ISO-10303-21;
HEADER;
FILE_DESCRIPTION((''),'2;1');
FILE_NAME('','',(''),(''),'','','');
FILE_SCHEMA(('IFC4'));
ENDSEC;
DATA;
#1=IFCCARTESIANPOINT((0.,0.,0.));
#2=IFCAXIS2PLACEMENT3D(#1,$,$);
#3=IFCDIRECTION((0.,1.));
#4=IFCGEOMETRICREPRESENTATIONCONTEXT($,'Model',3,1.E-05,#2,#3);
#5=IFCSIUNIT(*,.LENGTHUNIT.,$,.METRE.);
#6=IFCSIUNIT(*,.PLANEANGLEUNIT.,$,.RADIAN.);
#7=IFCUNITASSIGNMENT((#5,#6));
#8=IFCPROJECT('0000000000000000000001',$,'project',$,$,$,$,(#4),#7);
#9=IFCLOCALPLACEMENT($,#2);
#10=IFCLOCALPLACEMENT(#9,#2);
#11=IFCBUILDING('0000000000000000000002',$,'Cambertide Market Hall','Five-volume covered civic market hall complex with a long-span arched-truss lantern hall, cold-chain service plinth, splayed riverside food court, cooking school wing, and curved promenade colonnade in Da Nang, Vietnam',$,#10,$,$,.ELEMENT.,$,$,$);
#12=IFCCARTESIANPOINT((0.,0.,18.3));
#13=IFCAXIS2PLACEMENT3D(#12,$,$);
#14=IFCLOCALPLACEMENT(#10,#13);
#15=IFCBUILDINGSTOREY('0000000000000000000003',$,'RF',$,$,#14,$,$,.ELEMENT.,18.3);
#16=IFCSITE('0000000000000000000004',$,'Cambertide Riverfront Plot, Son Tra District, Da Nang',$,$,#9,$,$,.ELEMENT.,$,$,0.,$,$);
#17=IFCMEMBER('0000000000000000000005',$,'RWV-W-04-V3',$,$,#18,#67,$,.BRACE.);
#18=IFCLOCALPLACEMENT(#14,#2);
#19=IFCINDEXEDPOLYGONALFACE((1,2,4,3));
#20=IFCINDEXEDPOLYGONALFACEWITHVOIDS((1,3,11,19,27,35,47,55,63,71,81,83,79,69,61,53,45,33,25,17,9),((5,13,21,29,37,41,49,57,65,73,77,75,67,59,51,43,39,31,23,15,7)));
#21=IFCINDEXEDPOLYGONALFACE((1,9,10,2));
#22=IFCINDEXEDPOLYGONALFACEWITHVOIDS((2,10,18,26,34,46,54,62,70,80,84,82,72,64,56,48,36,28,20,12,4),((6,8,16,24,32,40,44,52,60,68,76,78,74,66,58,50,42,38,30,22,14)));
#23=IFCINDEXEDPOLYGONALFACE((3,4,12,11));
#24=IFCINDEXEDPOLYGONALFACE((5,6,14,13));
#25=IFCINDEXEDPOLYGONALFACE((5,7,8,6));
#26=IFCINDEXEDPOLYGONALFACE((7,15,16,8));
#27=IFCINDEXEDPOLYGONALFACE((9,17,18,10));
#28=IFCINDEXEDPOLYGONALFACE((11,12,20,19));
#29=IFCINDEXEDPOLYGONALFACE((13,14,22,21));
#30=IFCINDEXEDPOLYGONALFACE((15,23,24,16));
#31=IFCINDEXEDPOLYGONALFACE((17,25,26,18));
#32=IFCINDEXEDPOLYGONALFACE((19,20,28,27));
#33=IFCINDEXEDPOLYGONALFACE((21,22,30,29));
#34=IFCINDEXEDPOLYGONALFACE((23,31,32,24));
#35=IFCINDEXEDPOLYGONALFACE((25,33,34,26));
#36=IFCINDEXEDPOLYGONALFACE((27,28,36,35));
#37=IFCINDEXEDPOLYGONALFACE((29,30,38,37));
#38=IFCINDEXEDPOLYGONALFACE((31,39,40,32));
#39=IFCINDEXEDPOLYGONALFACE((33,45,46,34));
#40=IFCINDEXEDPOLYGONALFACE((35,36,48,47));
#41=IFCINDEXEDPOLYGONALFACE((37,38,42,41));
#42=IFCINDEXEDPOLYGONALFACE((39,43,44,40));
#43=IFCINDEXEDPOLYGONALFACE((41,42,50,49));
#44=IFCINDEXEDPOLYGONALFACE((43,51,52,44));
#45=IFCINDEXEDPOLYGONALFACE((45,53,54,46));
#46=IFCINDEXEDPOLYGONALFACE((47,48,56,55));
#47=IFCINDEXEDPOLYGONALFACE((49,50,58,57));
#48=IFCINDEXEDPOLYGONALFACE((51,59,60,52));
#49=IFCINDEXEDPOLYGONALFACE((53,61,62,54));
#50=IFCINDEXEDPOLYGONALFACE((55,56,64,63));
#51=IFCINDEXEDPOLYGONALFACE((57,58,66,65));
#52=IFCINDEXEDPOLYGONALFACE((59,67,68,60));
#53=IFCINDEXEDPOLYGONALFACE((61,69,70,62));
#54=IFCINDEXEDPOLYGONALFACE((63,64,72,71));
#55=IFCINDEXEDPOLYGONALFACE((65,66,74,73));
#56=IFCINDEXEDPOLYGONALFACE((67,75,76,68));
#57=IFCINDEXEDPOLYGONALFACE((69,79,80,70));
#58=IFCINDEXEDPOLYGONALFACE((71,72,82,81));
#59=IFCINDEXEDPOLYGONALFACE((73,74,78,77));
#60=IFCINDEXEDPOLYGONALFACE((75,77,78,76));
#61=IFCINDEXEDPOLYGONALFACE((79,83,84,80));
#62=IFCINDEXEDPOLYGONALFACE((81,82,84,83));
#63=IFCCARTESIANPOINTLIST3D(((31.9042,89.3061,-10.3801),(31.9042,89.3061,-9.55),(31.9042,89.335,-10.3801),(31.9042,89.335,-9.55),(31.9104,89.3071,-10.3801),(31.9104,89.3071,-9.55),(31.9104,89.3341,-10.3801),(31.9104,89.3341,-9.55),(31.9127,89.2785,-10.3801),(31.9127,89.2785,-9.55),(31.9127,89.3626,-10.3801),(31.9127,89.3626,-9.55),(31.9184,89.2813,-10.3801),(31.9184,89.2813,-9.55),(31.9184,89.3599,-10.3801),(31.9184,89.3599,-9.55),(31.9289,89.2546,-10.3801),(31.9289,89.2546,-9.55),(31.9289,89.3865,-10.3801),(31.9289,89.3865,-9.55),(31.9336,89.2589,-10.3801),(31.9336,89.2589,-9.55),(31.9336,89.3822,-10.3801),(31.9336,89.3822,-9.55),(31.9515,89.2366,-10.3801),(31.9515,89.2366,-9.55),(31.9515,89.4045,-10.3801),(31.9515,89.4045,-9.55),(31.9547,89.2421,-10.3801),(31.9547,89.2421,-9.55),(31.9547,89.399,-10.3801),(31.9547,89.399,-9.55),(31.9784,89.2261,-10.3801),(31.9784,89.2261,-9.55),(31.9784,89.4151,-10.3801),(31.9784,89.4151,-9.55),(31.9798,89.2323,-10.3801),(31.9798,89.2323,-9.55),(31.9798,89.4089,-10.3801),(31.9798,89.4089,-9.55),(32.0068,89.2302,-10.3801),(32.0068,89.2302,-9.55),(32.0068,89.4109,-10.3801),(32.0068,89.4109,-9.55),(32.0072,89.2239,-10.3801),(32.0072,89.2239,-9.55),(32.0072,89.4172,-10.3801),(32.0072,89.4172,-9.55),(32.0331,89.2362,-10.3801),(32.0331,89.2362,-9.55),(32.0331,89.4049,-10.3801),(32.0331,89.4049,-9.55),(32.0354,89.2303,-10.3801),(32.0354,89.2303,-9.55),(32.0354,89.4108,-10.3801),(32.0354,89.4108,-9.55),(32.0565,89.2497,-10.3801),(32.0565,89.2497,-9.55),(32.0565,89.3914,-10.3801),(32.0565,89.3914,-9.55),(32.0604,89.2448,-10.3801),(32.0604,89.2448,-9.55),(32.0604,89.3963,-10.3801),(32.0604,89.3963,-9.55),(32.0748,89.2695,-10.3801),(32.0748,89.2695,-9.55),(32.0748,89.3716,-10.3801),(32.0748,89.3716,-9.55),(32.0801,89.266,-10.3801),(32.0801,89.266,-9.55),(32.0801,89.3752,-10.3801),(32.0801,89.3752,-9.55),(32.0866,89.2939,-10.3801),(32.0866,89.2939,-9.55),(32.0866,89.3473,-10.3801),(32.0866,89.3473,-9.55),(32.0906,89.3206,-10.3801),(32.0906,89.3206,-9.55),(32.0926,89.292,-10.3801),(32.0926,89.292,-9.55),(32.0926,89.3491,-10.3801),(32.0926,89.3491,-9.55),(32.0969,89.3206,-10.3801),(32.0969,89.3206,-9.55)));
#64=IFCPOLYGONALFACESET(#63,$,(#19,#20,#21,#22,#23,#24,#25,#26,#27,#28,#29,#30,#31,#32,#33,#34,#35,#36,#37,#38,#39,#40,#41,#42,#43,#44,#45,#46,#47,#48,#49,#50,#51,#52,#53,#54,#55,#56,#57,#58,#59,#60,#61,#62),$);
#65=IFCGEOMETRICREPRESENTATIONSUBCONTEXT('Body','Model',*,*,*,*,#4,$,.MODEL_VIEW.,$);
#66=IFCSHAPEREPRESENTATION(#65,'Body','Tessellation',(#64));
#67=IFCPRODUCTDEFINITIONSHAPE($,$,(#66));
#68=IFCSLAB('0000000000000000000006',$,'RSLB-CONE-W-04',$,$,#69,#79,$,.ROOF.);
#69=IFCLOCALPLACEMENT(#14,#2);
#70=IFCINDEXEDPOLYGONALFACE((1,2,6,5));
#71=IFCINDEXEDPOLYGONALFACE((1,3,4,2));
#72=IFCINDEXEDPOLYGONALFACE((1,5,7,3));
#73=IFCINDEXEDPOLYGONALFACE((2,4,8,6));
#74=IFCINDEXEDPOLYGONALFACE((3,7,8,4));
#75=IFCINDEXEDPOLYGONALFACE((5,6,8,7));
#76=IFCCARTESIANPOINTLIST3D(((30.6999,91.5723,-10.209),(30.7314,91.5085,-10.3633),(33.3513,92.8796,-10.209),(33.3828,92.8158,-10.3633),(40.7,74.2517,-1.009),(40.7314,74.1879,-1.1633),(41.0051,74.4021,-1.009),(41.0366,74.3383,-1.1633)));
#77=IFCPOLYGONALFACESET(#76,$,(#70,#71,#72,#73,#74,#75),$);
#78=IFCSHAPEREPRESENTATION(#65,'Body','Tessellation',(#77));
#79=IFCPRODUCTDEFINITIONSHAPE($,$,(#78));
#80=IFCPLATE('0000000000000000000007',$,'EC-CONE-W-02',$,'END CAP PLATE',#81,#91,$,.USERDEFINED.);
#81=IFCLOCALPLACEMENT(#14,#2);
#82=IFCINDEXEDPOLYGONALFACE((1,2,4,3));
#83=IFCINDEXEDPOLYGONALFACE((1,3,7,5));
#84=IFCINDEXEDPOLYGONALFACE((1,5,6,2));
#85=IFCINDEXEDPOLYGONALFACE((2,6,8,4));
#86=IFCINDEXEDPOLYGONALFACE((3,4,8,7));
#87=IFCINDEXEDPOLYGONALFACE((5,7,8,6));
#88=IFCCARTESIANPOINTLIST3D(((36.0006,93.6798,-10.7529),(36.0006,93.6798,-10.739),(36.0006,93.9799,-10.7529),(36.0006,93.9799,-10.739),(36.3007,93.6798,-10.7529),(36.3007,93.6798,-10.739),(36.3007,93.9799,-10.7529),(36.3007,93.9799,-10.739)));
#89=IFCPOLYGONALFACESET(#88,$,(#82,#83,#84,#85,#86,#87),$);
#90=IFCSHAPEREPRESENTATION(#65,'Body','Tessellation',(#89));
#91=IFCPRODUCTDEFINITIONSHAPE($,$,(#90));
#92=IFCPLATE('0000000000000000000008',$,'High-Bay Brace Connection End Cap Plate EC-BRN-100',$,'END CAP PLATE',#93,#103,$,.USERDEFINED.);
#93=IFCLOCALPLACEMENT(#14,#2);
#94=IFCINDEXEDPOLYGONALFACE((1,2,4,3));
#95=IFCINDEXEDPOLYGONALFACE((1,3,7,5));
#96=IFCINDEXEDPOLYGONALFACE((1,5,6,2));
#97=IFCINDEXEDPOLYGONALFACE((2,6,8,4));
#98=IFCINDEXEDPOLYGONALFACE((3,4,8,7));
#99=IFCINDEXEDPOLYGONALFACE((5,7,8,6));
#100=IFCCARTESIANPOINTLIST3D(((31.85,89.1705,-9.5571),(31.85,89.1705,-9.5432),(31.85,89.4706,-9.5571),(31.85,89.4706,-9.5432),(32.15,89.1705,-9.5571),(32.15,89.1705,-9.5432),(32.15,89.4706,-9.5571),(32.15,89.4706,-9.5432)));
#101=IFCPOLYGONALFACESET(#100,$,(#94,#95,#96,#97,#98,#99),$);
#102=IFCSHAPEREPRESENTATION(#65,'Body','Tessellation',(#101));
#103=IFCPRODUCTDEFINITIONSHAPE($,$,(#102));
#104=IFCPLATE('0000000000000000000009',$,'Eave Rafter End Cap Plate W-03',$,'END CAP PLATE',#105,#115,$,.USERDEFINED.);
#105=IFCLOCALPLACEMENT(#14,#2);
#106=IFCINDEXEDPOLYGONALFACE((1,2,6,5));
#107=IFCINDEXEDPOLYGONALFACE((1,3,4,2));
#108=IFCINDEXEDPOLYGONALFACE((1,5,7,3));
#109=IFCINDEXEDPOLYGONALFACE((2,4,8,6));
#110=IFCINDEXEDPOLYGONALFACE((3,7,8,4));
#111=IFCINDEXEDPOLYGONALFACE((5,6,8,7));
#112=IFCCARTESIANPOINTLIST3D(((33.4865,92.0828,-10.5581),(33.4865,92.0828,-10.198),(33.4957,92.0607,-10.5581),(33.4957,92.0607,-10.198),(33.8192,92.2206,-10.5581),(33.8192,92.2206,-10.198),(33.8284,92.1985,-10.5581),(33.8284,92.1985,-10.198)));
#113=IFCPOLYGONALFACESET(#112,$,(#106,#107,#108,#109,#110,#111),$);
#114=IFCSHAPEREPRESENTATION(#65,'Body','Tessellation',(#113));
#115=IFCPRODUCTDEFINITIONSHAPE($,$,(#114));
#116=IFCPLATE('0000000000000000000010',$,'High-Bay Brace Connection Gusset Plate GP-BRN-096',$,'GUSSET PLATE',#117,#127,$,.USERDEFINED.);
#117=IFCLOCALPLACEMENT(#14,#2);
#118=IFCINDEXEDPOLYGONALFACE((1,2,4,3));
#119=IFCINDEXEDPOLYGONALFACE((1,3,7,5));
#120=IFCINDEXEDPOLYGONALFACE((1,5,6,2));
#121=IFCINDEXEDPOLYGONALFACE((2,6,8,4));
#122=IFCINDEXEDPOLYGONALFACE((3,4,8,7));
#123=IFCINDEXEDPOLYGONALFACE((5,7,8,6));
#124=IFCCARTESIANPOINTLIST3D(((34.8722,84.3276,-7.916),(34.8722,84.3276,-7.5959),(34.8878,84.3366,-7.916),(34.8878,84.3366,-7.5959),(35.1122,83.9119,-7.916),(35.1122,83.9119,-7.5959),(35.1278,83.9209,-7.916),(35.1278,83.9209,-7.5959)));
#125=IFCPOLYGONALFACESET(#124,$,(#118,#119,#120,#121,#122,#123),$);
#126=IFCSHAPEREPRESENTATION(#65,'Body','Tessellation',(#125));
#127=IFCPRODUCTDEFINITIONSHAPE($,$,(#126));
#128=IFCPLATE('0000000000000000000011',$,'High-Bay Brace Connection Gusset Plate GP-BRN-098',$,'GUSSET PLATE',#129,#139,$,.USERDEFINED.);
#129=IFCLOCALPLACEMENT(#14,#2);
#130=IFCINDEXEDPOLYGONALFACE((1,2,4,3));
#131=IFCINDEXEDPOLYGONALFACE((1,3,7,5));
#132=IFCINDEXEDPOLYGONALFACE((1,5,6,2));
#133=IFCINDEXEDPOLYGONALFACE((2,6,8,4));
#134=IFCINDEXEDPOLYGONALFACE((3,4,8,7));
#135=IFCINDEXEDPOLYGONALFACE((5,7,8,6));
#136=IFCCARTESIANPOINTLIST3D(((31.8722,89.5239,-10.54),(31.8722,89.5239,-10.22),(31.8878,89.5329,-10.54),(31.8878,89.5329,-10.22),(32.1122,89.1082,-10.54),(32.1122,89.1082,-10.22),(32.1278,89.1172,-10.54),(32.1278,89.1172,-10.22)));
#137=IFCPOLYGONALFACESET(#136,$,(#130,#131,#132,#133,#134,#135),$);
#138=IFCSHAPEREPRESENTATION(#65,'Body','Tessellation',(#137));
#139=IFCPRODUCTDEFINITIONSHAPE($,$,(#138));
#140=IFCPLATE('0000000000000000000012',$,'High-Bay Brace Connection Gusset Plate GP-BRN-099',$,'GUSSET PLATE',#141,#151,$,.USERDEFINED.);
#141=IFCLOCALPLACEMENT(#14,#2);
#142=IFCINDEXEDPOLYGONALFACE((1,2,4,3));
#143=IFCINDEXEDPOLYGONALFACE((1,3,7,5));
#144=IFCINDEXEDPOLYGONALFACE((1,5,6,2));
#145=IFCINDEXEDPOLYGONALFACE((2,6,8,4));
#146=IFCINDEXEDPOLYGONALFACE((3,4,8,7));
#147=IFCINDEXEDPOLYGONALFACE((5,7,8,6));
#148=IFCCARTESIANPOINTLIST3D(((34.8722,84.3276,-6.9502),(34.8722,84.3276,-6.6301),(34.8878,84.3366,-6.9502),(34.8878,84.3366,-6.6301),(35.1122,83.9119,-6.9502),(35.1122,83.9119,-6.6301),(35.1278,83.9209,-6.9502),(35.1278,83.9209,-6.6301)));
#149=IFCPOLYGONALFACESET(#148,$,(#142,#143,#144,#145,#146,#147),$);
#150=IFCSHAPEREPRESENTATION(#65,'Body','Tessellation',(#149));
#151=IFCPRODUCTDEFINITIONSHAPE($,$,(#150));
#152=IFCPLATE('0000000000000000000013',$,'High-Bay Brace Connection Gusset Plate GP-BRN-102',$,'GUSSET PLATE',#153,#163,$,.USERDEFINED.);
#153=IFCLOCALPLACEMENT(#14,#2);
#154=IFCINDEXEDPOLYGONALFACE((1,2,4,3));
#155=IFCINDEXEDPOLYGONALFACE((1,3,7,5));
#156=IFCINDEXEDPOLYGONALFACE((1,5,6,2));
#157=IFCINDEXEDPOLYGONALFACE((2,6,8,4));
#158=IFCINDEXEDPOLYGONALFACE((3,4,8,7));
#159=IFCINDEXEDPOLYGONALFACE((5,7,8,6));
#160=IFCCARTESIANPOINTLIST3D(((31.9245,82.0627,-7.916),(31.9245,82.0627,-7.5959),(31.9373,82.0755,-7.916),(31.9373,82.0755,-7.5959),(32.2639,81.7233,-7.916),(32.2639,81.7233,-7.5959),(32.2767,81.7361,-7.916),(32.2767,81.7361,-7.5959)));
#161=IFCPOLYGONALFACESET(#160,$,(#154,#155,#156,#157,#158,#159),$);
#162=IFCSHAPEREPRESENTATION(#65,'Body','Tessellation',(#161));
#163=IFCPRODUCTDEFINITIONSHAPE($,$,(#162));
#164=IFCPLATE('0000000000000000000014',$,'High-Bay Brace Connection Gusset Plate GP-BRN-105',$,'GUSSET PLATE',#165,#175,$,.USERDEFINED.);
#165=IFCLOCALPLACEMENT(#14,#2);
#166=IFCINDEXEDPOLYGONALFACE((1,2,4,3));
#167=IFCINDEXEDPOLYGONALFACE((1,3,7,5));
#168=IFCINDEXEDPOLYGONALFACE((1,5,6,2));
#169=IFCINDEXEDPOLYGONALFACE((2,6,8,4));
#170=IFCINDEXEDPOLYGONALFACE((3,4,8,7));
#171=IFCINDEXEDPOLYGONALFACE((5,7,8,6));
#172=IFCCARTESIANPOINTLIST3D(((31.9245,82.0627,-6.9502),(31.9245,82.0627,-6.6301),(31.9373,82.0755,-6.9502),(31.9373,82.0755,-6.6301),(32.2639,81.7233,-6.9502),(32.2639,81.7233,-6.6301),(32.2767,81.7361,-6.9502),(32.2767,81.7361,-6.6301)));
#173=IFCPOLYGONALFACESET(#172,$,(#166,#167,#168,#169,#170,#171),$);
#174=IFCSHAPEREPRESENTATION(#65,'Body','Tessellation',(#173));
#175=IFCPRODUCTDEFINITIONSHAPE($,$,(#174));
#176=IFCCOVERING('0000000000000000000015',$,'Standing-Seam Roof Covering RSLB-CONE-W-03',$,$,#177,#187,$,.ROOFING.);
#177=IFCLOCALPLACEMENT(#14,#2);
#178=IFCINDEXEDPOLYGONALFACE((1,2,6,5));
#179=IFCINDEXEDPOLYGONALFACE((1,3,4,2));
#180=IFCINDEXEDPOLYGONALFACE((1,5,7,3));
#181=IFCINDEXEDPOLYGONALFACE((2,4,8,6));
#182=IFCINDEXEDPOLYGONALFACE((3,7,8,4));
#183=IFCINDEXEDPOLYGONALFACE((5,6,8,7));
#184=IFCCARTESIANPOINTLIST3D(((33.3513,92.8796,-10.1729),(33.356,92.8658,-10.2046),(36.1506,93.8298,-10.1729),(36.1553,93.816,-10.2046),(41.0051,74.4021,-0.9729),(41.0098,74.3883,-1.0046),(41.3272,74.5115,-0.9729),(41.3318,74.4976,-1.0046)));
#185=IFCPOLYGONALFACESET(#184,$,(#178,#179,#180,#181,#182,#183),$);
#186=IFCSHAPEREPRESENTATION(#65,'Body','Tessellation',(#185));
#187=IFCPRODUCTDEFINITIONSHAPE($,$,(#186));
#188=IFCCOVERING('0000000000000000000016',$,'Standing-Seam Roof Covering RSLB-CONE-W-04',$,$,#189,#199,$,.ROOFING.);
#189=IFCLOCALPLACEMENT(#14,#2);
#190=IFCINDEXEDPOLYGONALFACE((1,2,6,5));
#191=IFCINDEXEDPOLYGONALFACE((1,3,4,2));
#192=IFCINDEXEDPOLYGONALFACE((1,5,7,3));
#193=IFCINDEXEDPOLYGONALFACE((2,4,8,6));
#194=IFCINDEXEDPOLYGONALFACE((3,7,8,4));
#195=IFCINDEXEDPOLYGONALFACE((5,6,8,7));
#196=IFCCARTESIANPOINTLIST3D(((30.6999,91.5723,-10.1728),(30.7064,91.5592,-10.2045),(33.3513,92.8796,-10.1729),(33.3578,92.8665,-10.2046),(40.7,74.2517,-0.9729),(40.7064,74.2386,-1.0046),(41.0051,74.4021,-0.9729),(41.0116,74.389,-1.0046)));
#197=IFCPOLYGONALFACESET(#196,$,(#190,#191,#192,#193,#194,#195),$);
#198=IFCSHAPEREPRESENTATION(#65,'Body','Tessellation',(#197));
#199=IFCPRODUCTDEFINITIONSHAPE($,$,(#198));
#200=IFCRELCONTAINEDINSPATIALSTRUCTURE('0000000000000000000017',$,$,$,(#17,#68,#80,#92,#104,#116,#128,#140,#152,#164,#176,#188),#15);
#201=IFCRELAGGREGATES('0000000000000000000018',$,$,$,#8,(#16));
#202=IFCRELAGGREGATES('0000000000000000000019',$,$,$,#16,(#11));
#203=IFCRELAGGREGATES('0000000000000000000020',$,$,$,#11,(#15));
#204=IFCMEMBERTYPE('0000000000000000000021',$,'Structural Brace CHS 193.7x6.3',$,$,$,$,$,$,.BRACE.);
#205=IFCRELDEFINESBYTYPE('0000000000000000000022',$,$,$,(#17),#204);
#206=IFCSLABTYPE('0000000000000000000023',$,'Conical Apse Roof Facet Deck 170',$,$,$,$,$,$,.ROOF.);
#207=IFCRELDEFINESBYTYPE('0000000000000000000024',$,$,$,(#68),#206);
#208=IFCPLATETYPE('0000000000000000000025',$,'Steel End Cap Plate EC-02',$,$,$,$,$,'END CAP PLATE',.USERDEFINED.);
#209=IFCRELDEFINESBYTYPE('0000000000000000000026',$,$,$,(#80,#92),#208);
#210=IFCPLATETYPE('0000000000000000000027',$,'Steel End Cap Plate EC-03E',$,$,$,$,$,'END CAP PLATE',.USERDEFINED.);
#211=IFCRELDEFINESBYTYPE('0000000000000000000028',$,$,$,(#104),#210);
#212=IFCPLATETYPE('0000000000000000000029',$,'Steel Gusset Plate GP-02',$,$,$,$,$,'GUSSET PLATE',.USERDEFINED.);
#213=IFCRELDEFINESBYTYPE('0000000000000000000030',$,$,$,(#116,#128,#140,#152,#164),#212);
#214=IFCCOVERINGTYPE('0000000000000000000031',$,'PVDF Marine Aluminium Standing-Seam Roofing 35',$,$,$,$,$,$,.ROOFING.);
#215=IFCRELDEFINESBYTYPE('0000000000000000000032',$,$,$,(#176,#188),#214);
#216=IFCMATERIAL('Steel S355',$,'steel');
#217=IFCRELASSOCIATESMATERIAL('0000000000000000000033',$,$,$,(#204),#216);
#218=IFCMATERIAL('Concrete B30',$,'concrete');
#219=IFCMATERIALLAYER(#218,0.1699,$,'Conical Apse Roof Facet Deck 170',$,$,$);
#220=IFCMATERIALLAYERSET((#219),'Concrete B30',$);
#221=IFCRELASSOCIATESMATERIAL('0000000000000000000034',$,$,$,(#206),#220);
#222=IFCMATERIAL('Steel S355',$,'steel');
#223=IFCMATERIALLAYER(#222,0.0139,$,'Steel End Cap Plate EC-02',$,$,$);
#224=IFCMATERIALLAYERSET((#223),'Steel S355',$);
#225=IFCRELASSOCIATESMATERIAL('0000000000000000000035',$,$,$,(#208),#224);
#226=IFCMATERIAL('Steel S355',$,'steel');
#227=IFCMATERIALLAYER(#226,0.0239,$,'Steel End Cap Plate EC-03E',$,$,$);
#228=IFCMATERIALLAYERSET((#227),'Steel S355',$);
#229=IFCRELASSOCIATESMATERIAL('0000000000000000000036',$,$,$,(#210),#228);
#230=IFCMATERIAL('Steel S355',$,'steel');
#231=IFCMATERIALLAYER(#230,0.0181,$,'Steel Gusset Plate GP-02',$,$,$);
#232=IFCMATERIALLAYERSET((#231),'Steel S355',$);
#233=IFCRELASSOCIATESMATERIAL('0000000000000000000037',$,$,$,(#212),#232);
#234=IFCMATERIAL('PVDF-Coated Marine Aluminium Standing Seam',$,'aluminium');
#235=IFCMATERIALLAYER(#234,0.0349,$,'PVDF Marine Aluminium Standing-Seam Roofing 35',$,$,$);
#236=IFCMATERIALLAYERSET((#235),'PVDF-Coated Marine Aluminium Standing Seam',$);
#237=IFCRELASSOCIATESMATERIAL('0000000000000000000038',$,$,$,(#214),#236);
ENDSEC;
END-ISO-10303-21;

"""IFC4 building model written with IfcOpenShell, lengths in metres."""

from ifc_helpers import new_model, si_unit, direction, frame, origin, origin_2d, place, context, subcontext, project, spatial, polyline, rectangle, hollow_circle, outline, extrude, material, layer, layer_set, material_profile, profile_set, type_object, element, save


model = new_model("IFC4")

# Units and contexts
model_context = context("Model", 3, precision=1e-05, world=origin(), true_north=direction((0.0, 1.0)))
body_context = subcontext(model_context, "Body", "Model", "MODEL_VIEW")
ifc_project = project(units=[si_unit("LENGTHUNIT", "METRE"), si_unit("PLANEANGLEUNIT", "RADIAN")], contexts=[model_context])

# Site, building, storey
site_placement = place(None, origin())
site = spatial("IfcSite", under=ifc_project, at=site_placement, Name="Cambertide Riverfront Plot, Son Tra District, Da Nang", CompositionType="ELEMENT", RefElevation=0.0)
building_placement = place(site_placement, origin())
building = spatial("IfcBuilding", under=site, at=building_placement, Name="Cambertide Market Hall", Description="Five-volume covered civic market hall complex with a long-span arched-truss lantern hall, cold-chain service plinth, splayed riverside food court, cooking school wing, and curved promenade colonnade in Da Nang, Vietnam", CompositionType="ELEMENT")
storey_placement = place(building_placement, frame((0.0, 0.0, 18.3)))
storey = spatial("IfcBuildingStorey", under=building, at=storey_placement, Name="RF", CompositionType="ELEMENT", Elevation=18.3)

# Member
ifc_material_1 = material(Name="Steel S355", Category="steel")
ifc_material_profile_1 = material_profile(ifc_material_1, hollow_circle(Radius=0.0969, WallThickness=0.0063, at=origin_2d()), Name="CHS 193.7x6.3")
ifc_profile_set_1 = profile_set([ifc_material_profile_1], Name="Steel S355")
member_type_1 = type_object("IfcMemberType", Name="Structural Brace CHS 193.7x6.3", PredefinedType="BRACE", material=ifc_profile_set_1)
member_1_placement = place(storey_placement, frame((32.0, 89.3206, -10.3801), z_axis=(0.0, 0.0, 1.0), x_axis=(1.0, 0.0, 0.0)))
element("IfcMember", 1, at=member_1_placement, inside=storey, type_object=member_type_1, Name="RWV-W-04-V3", PredefinedType="BRACE", context=body_context, shape_type="SweptSolid", body=[
    extrude(hollow_circle(Radius=0.0969, WallThickness=0.0063, at=origin_2d()), origin(), (0.0, 0.0, 1.0), 0.8301),
])

# Slab
ifc_material_2 = material(Name="Concrete B30", Category="concrete")
ifc_layer_1 = layer(ifc_material_2, 0.1699, Name="Conical Apse Roof Facet Deck 170")
ifc_layer_set_1 = layer_set([ifc_layer_1], Name="Concrete B30")
slab_type = type_object("IfcSlabType", Name="Conical Apse Roof Facet Deck 170", PredefinedType="ROOF", material=ifc_layer_set_1)
slab_1_placement = place(storey_placement, frame((33.3513, 92.8796, -10.209), z_axis=(-0.185136, 0.375482, 0.908151), x_axis=(-0.896893, -0.442248, 0.000009)))
element("IfcSlab", 2, at=slab_1_placement, inside=storey, type_object=slab_type, Name="RSLB-CONE-W-04", PredefinedType="ROOF", context=body_context, shape_type="SweptSolid", body=[
    extrude(outline(polyline([(0.0, 0.0), (2.9562, 0.0), (1.6473, 21.9756), (1.3071, 21.9757), (0.0, 0.0)])), origin(), (0.0, 0.0, -1.0), 0.1699),
])

# Plates
ifc_material_3 = material(Name="Steel S355", Category="steel")
ifc_layer_2 = layer(ifc_material_3, 0.0139, Name="Steel End Cap Plate EC-02")
ifc_layer_set_2 = layer_set([ifc_layer_2], Name="Steel S355")
plate_type_1 = type_object("IfcPlateType", Name="Steel End Cap Plate EC-02", ElementType="END CAP PLATE", PredefinedType="USERDEFINED", material=ifc_layer_set_2)
for number, where, z_axis, x_axis, name in (
    (3, (36.1506, 93.8298, -10.7529), (0.0, 0.0, 1.0), (1.0, 0.0, 0.0), "EC-CONE-W-02"),
    (4, (32.0, 89.3206, -9.5571), (0.0, 0.0, 1.0), (1.0, 0.0, 0.0), "High-Bay Brace Connection End Cap Plate EC-BRN-100"),
):
    element("IfcPlate", number, at=place(storey_placement, frame(where, z_axis=z_axis, x_axis=x_axis)), inside=storey, type_object=plate_type_1, Name=name, ObjectType="END CAP PLATE", PredefinedType="USERDEFINED", context=body_context, shape_type="SweptSolid", body=[
        extrude(rectangle(XDim=0.3, YDim=0.3, at=origin_2d()), origin(), (0.0, 0.0, 1.0), 0.0139),
    ])
ifc_material_4 = material(Name="Steel S355", Category="steel")
ifc_layer_3 = layer(ifc_material_4, 0.0239, Name="Steel End Cap Plate EC-03E")
ifc_layer_set_3 = layer_set([ifc_layer_3], Name="Steel S355")
plate_type_2 = type_object("IfcPlateType", Name="Steel End Cap Plate EC-03E", ElementType="END CAP PLATE", PredefinedType="USERDEFINED", material=ifc_layer_set_3)
plate_placement = place(storey_placement, frame((33.6575, 92.1406, -10.5581), z_axis=(0.0, 0.0, 1.0), x_axis=(-0.382683, 0.92388, 0.0)))
element("IfcPlate", 5, at=plate_placement, inside=storey, type_object=plate_type_2, Name="Eave Rafter End Cap Plate W-03", ObjectType="END CAP PLATE", PredefinedType="USERDEFINED", context=body_context, shape_type="SweptSolid", body=[
    extrude(rectangle(XDim=0.0239, YDim=0.3601, at=origin_2d()), origin(), (0.0, 0.0, 1.0), 0.3601),
])
ifc_material_5 = material(Name="Steel S355", Category="steel")
ifc_layer_4 = layer(ifc_material_5, 0.0181, Name="Steel Gusset Plate GP-02")
ifc_layer_set_4 = layer_set([ifc_layer_4], Name="Steel S355")
plate_type_3 = type_object("IfcPlateType", Name="Steel Gusset Plate GP-02", ElementType="GUSSET PLATE", PredefinedType="USERDEFINED", material=ifc_layer_set_4)
for number, where, z_axis, x_axis, name in (
    (6, (35.0, 84.1243, -7.916), (0.0, 0.0, 1.0), (0.5, -0.866025, 0.0), "High-Bay Brace Connection Gusset Plate GP-BRN-096"),
    (7, (32.0, 89.3206, -10.54), (0.0, 0.0, 1.0), (0.5, -0.866025, 0.0), "High-Bay Brace Connection Gusset Plate GP-BRN-098"),
    (8, (35.0, 84.1243, -6.9502), (0.0, 0.0, 1.0), (0.5, -0.866025, 0.0), "High-Bay Brace Connection Gusset Plate GP-BRN-099"),
    (9, (32.1006, 81.8994, -7.916), (0.0, 0.0, 1.0), (0.707107, -0.707107, 0.0), "High-Bay Brace Connection Gusset Plate GP-BRN-102"),
    (10, (32.1006, 81.8994, -6.9502), (0.0, 0.0, 1.0), (0.707107, -0.707107, 0.0), "High-Bay Brace Connection Gusset Plate GP-BRN-105"),
):
    element("IfcPlate", number, at=place(storey_placement, frame(where, z_axis=z_axis, x_axis=x_axis)), inside=storey, type_object=plate_type_3, Name=name, ObjectType="GUSSET PLATE", PredefinedType="USERDEFINED", context=body_context, shape_type="SweptSolid", body=[
        extrude(rectangle(XDim=0.48, YDim=0.0181, at=origin_2d()), origin(), (0.0, 0.0, 1.0), 0.3201),
    ])

# Coverings
ifc_material_6 = material(Name="PVDF-Coated Marine Aluminium Standing Seam", Category="aluminium")
ifc_layer_5 = layer(ifc_material_6, 0.0349, Name="PVDF Marine Aluminium Standing-Seam Roofing 35")
ifc_layer_set_5 = layer_set([ifc_layer_5], Name="PVDF-Coated Marine Aluminium Standing Seam")
covering_type = type_object("IfcCoveringType", Name="PVDF Marine Aluminium Standing-Seam Roofing 35", PredefinedType="ROOFING", material=ifc_layer_set_5)
covering_1_placement = place(storey_placement, frame((36.1506, 93.8298, -10.1729), z_axis=(-0.134571, 0.396426, 0.90815), x_axis=(-0.946934, -0.321429, -0.000007)))
element("IfcCovering", 11, at=covering_1_placement, inside=storey, type_object=covering_type, Name="Standing-Seam Roof Covering RSLB-CONE-W-03", PredefinedType="ROOFING", context=body_context, shape_type="SweptSolid", body=[
    extrude(outline(polyline([(0.0, 0.0), (2.9562, 0.0), (1.6477, 21.9756), (1.3076, 21.9755), (0.0, 0.0)])), origin(), (0.0, 0.0, -1.0), 0.0349),
])
covering_2_placement = place(storey_placement, frame((33.3513, 92.8796, -10.1729), z_axis=(-0.185136, 0.375482, 0.908151), x_axis=(-0.896893, -0.442248, 0.000009)))
element("IfcCovering", 12, at=covering_2_placement, inside=storey, type_object=covering_type, Name="Standing-Seam Roof Covering RSLB-CONE-W-04", PredefinedType="ROOFING", context=body_context, shape_type="SweptSolid", body=[
    extrude(outline(polyline([(0.0, 0.0), (2.9562, 0.0), (1.6473, 21.9756), (1.3071, 21.9757), (0.0, 0.0)])), origin(), (0.0, 0.0, -1.0), 0.0349),
])

save(model, "model.ifc")
